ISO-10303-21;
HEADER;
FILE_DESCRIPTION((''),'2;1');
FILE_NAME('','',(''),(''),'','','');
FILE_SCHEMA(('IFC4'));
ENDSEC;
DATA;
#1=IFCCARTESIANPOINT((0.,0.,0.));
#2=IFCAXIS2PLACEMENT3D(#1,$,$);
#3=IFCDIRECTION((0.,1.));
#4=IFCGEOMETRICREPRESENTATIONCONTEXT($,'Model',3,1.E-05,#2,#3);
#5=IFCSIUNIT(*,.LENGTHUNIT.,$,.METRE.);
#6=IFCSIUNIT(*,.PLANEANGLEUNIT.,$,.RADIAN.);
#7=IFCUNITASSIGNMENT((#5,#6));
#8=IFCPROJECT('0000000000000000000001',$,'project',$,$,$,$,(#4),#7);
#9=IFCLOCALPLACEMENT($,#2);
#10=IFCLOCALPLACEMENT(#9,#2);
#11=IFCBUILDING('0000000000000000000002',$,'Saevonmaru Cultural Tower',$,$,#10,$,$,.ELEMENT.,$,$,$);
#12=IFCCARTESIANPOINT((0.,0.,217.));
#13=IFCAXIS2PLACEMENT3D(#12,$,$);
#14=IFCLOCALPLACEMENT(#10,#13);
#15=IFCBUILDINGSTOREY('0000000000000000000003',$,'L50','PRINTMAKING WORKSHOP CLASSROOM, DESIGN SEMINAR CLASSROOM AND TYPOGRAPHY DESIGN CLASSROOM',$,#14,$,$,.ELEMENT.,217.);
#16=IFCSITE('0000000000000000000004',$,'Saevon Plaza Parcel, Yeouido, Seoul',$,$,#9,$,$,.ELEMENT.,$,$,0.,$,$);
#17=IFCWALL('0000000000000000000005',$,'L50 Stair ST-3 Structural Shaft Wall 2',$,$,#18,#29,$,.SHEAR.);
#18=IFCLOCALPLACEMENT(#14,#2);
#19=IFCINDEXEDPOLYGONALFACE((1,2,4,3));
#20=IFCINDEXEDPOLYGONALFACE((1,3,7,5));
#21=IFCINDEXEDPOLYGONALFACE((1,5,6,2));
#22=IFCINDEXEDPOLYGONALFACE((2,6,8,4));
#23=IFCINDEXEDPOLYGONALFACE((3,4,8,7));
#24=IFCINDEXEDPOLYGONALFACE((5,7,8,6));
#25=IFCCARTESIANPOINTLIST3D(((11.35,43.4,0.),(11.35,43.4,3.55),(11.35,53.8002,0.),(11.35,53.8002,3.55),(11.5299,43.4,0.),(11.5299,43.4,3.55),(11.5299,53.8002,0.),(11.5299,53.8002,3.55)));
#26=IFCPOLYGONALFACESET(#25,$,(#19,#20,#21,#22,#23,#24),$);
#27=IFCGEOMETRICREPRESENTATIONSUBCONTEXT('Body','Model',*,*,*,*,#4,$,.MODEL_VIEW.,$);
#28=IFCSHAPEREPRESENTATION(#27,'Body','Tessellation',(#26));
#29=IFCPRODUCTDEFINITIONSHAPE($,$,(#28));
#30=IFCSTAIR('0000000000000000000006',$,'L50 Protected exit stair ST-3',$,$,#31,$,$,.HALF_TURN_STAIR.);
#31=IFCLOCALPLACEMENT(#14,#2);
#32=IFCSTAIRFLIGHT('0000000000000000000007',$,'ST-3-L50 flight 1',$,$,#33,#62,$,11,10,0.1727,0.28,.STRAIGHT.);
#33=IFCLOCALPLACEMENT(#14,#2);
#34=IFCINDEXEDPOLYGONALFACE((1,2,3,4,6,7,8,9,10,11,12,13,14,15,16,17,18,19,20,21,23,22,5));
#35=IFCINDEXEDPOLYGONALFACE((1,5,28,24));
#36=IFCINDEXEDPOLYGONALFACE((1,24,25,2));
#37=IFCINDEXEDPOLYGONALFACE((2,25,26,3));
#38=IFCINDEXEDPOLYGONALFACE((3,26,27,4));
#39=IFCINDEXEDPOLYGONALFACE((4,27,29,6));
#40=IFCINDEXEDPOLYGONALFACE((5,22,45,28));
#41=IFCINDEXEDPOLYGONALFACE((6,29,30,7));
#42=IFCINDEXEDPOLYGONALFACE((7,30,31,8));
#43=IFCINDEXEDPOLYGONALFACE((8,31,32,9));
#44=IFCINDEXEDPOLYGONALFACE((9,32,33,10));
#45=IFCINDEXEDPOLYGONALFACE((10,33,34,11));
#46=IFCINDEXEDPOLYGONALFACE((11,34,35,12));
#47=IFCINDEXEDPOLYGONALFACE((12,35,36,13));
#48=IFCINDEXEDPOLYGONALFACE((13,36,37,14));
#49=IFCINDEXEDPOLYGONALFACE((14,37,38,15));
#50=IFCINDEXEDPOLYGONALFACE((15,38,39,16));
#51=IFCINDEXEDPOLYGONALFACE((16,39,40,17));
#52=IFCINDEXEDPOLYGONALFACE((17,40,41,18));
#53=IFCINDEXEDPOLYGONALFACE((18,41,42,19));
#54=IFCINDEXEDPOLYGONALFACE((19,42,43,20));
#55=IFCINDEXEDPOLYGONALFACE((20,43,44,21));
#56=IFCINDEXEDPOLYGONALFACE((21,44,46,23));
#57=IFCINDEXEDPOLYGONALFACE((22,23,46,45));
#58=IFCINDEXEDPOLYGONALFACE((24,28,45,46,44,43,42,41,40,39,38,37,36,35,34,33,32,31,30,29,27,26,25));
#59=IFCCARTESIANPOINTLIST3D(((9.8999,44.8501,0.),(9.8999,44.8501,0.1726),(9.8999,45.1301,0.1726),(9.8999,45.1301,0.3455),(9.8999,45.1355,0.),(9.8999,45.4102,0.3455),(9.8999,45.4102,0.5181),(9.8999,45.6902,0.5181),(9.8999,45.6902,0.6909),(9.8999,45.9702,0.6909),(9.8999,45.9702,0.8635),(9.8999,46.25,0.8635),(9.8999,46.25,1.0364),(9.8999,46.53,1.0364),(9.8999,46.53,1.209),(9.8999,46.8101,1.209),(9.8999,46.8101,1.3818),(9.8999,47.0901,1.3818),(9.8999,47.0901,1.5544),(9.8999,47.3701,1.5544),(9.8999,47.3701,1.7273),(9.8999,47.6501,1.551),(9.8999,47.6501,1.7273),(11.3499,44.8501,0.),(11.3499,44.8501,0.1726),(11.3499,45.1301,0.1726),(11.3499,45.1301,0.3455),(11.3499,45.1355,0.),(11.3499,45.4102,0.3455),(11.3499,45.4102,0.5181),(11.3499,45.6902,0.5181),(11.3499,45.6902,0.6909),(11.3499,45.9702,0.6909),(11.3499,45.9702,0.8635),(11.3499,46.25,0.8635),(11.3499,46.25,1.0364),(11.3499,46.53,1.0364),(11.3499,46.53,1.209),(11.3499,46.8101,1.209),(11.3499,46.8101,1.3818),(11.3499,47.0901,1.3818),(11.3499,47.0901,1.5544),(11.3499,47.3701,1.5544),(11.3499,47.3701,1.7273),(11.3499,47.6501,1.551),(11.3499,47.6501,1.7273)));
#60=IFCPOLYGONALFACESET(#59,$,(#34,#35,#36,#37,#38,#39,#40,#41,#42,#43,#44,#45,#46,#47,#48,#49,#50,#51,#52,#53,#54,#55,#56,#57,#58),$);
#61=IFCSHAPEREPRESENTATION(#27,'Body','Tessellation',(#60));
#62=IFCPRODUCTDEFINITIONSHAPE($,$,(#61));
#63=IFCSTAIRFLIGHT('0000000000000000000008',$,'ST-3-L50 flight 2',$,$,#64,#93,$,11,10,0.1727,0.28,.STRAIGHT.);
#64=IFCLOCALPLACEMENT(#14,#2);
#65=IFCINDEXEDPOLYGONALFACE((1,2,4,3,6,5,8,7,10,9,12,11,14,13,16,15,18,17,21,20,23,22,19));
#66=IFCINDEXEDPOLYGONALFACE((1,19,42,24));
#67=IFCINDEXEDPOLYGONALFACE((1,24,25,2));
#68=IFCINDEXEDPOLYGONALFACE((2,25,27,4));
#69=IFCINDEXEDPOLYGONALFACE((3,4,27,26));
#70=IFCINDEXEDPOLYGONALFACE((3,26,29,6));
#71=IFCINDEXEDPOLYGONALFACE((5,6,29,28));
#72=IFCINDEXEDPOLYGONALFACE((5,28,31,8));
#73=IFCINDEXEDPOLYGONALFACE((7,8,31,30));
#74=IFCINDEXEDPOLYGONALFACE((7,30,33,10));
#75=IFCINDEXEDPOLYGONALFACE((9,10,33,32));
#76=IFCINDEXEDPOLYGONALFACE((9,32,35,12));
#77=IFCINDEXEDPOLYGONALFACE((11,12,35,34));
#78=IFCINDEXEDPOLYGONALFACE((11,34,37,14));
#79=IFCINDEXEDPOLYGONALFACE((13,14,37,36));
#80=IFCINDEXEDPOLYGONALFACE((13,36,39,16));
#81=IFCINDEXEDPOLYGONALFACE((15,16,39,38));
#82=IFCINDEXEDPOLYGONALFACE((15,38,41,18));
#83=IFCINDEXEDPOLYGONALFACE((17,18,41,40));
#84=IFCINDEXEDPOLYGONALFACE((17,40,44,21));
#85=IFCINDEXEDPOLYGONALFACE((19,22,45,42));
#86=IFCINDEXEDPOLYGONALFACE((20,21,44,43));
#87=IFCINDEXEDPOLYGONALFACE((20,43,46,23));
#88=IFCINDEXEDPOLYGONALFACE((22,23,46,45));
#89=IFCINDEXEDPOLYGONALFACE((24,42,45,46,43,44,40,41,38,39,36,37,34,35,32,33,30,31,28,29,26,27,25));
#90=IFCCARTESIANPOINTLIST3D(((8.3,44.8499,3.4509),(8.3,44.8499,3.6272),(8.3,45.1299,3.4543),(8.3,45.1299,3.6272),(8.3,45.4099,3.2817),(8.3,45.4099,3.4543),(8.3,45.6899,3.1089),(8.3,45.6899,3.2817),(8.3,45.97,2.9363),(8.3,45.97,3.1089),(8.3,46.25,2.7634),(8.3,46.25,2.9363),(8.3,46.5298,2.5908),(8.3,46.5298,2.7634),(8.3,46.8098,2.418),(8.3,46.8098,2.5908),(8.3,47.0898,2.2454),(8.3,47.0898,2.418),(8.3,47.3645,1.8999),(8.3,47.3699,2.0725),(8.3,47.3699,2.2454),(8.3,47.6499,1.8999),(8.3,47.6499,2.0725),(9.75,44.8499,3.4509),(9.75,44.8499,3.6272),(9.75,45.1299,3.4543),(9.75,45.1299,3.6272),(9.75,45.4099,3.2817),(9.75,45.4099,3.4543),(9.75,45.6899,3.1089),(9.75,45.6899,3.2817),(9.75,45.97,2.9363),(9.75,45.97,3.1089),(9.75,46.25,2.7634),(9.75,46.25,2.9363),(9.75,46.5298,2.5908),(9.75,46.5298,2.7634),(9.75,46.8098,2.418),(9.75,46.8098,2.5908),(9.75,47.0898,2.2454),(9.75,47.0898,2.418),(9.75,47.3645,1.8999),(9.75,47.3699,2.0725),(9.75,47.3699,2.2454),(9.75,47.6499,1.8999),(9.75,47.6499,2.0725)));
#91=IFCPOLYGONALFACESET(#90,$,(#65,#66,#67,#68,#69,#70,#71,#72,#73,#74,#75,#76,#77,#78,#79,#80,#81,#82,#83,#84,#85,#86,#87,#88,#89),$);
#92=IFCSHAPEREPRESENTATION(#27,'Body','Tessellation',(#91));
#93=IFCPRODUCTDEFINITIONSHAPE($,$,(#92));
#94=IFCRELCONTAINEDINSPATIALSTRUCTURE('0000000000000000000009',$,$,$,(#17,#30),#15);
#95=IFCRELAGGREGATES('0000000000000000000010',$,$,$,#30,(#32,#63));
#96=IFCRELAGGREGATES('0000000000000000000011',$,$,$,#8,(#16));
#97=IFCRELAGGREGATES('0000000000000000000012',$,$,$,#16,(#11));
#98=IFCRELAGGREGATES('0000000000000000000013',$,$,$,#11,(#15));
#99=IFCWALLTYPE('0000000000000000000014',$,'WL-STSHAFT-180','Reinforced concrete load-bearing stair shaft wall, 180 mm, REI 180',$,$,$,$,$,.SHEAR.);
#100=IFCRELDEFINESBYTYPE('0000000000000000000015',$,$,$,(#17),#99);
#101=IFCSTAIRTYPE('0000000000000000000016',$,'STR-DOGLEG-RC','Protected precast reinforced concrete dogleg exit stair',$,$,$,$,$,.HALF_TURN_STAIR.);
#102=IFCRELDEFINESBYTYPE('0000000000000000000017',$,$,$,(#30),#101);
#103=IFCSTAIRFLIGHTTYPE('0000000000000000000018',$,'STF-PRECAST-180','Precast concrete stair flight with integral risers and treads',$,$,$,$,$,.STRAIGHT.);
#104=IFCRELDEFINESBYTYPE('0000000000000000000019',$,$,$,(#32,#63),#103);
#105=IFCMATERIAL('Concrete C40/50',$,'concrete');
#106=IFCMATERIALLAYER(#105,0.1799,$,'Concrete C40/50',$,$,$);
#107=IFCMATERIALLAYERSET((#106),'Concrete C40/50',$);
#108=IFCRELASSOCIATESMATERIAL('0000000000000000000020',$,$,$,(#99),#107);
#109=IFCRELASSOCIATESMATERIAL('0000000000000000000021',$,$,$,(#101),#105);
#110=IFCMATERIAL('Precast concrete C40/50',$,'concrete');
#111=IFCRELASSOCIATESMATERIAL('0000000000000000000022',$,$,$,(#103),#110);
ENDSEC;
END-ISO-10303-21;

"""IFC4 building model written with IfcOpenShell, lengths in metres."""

from ifc_helpers import new_model, si_unit, direction, frame, frame_2d, origin, place, context, subcontext, project, spatial, polyline, rectangle, outline, extrude, material, layer, layer_set, type_object, element, aggregate, save


model = new_model("IFC4")

# Units and contexts
model_context = context("Model", 3, precision=1e-05, world=origin(), true_north=direction((0.0, 1.0)))
body_context = subcontext(model_context, "Body", "Model", "MODEL_VIEW")
ifc_project = project(units=[si_unit("LENGTHUNIT", "METRE"), si_unit("PLANEANGLEUNIT", "RADIAN")], contexts=[model_context])

# Site, building, storey
site_placement = place(None, origin())
site = spatial("IfcSite", under=ifc_project, at=site_placement, Name="Saevon Plaza Parcel, Yeouido, Seoul", CompositionType="ELEMENT", RefElevation=0.0)
building_placement = place(site_placement, origin())
building = spatial("IfcBuilding", under=site, at=building_placement, Name="Saevonmaru Cultural Tower", CompositionType="ELEMENT")
storey_placement = place(building_placement, frame((0.0, 0.0, 217.0)))
storey = spatial("IfcBuildingStorey", under=building, at=storey_placement, Name="L50", Description="PRINTMAKING WORKSHOP CLASSROOM, DESIGN SEMINAR CLASSROOM AND TYPOGRAPHY DESIGN CLASSROOM", CompositionType="ELEMENT", Elevation=217.0)

# Shared definitions
ifc_material_1 = material(Name="Concrete C40/50", Category="concrete")
ifc_layer_1 = layer(ifc_material_1, 0.1799, Name="Concrete C40/50")
ifc_layer_set_1 = layer_set([ifc_layer_1], Name="Concrete C40/50")
wall_type_1 = type_object("IfcWallType", Name="WL-STSHAFT-180", Description="Reinforced concrete load-bearing stair shaft wall, 180 mm, REI 180", PredefinedType="SHEAR", material=ifc_layer_set_1)

# Wall
wall_1_placement = place(storey_placement, frame((11.4399, 43.3999, 0.0), z_axis=(0.0, 0.0, 1.0), x_axis=(0.0, 1.0, 0.0)))
element("IfcWall", 1, at=wall_1_placement, inside=storey, type_object=wall_type_1, Name="L50 Stair ST-3 Structural Shaft Wall 2", PredefinedType="SHEAR", context=body_context, shape_type="SweptSolid", body=[
    extrude(rectangle(XDim=10.4001, YDim=0.1799, at=frame_2d((5.2002, 0.0))), origin(), (0.0, 0.0, 1.0), 3.55),
])

# Stair, stair flights
stair_type = type_object("IfcStairType", Name="STR-DOGLEG-RC", Description="Protected precast reinforced concrete dogleg exit stair", PredefinedType="HALF_TURN_STAIR", material=ifc_material_1)
stair_placement = place(storey_placement, origin())
stair = element("IfcStair", 2, at=stair_placement, inside=storey, type_object=stair_type, Name="L50 Protected exit stair ST-3", PredefinedType="HALF_TURN_STAIR")
ifc_material_2 = material(Name="Precast concrete C40/50", Category="concrete")
stair_flight_type = type_object("IfcStairFlightType", Name="STF-PRECAST-180", Description="Precast concrete stair flight with integral risers and treads", PredefinedType="STRAIGHT", material=ifc_material_2)
stair_flight_1_placement = place(storey_placement, frame((10.625, 44.8501, 0.0), z_axis=(0.0, 0.0, 1.0), x_axis=(0.0, 1.0, 0.0)))
stair_flight_1 = element("IfcStairFlight", 3, at=stair_flight_1_placement, type_object=stair_flight_type, Name="ST-3-L50 flight 1", NumberOfRisers=11, NumberOfTreads=10, PredefinedType="STRAIGHT", RiserHeight=0.1727, TreadLength=0.28, context=body_context, shape_type="SweptSolid", body=[
    extrude(outline(polyline([(0.0, 0.0), (0.0, 0.1726), (0.28, 0.1726), (0.28, 0.3455), (0.5601, 0.3455), (0.5601, 0.5181), (0.8401, 0.5181), (0.8401, 0.6909), (1.1201, 0.6909), (1.1201, 0.8635), (1.3999, 0.8635), (1.3999, 1.0364), (1.6799, 1.0364), (1.6799, 1.209), (1.96, 1.209), (1.96, 1.3818), (2.24, 1.3818), (2.24, 1.5544), (2.52, 1.5544), (2.52, 1.7273), (2.8, 1.7273), (2.8, 1.8999), (2.8, 1.551), (0.2854, 0.0), (0.0, 0.0)])), frame((0.0, 0.7251, 0.0), z_axis=(0.0, -1.0, 0.0), x_axis=(1.0, 0.0, 0.0)), (0.0, 0.0, 1.0), 1.45),
])
stair_flight_2_placement = place(storey_placement, frame((9.0249, 47.6499, 1.8999), z_axis=(0.0, 0.0, 1.0), x_axis=(0.0, -1.0, 0.0)))
stair_flight_2 = element("IfcStairFlight", 4, at=stair_flight_2_placement, type_object=stair_flight_type, Name="ST-3-L50 flight 2", NumberOfRisers=11, NumberOfTreads=10, PredefinedType="STRAIGHT", RiserHeight=0.1727, TreadLength=0.28, context=body_context, shape_type="SweptSolid", body=[
    extrude(outline(polyline([(0.0, 0.0), (0.0, 0.1726), (0.28, 0.1726), (0.28, 0.3455), (0.5601, 0.3455), (0.5601, 0.5181), (0.8401, 0.5181), (0.8401, 0.6909), (1.1201, 0.6909), (1.1201, 0.8635), (1.3999, 0.8635), (1.3999, 1.0364), (1.6799, 1.0364), (1.6799, 1.209), (1.96, 1.209), (1.96, 1.3818), (2.24, 1.3818), (2.24, 1.5544), (2.52, 1.5544), (2.52, 1.7273), (2.8, 1.7273), (2.8, 1.8999), (2.8, 1.551), (0.2854, 0.0), (0.0, 0.0)])), frame((0.0, 0.7251, 0.0), z_axis=(0.0, -1.0, 0.0), x_axis=(1.0, 0.0, 0.0)), (0.0, 0.0, 1.0), 1.45),
])
aggregate(stair, [stair_flight_1, stair_flight_2])

save(model, "model.ifc")
